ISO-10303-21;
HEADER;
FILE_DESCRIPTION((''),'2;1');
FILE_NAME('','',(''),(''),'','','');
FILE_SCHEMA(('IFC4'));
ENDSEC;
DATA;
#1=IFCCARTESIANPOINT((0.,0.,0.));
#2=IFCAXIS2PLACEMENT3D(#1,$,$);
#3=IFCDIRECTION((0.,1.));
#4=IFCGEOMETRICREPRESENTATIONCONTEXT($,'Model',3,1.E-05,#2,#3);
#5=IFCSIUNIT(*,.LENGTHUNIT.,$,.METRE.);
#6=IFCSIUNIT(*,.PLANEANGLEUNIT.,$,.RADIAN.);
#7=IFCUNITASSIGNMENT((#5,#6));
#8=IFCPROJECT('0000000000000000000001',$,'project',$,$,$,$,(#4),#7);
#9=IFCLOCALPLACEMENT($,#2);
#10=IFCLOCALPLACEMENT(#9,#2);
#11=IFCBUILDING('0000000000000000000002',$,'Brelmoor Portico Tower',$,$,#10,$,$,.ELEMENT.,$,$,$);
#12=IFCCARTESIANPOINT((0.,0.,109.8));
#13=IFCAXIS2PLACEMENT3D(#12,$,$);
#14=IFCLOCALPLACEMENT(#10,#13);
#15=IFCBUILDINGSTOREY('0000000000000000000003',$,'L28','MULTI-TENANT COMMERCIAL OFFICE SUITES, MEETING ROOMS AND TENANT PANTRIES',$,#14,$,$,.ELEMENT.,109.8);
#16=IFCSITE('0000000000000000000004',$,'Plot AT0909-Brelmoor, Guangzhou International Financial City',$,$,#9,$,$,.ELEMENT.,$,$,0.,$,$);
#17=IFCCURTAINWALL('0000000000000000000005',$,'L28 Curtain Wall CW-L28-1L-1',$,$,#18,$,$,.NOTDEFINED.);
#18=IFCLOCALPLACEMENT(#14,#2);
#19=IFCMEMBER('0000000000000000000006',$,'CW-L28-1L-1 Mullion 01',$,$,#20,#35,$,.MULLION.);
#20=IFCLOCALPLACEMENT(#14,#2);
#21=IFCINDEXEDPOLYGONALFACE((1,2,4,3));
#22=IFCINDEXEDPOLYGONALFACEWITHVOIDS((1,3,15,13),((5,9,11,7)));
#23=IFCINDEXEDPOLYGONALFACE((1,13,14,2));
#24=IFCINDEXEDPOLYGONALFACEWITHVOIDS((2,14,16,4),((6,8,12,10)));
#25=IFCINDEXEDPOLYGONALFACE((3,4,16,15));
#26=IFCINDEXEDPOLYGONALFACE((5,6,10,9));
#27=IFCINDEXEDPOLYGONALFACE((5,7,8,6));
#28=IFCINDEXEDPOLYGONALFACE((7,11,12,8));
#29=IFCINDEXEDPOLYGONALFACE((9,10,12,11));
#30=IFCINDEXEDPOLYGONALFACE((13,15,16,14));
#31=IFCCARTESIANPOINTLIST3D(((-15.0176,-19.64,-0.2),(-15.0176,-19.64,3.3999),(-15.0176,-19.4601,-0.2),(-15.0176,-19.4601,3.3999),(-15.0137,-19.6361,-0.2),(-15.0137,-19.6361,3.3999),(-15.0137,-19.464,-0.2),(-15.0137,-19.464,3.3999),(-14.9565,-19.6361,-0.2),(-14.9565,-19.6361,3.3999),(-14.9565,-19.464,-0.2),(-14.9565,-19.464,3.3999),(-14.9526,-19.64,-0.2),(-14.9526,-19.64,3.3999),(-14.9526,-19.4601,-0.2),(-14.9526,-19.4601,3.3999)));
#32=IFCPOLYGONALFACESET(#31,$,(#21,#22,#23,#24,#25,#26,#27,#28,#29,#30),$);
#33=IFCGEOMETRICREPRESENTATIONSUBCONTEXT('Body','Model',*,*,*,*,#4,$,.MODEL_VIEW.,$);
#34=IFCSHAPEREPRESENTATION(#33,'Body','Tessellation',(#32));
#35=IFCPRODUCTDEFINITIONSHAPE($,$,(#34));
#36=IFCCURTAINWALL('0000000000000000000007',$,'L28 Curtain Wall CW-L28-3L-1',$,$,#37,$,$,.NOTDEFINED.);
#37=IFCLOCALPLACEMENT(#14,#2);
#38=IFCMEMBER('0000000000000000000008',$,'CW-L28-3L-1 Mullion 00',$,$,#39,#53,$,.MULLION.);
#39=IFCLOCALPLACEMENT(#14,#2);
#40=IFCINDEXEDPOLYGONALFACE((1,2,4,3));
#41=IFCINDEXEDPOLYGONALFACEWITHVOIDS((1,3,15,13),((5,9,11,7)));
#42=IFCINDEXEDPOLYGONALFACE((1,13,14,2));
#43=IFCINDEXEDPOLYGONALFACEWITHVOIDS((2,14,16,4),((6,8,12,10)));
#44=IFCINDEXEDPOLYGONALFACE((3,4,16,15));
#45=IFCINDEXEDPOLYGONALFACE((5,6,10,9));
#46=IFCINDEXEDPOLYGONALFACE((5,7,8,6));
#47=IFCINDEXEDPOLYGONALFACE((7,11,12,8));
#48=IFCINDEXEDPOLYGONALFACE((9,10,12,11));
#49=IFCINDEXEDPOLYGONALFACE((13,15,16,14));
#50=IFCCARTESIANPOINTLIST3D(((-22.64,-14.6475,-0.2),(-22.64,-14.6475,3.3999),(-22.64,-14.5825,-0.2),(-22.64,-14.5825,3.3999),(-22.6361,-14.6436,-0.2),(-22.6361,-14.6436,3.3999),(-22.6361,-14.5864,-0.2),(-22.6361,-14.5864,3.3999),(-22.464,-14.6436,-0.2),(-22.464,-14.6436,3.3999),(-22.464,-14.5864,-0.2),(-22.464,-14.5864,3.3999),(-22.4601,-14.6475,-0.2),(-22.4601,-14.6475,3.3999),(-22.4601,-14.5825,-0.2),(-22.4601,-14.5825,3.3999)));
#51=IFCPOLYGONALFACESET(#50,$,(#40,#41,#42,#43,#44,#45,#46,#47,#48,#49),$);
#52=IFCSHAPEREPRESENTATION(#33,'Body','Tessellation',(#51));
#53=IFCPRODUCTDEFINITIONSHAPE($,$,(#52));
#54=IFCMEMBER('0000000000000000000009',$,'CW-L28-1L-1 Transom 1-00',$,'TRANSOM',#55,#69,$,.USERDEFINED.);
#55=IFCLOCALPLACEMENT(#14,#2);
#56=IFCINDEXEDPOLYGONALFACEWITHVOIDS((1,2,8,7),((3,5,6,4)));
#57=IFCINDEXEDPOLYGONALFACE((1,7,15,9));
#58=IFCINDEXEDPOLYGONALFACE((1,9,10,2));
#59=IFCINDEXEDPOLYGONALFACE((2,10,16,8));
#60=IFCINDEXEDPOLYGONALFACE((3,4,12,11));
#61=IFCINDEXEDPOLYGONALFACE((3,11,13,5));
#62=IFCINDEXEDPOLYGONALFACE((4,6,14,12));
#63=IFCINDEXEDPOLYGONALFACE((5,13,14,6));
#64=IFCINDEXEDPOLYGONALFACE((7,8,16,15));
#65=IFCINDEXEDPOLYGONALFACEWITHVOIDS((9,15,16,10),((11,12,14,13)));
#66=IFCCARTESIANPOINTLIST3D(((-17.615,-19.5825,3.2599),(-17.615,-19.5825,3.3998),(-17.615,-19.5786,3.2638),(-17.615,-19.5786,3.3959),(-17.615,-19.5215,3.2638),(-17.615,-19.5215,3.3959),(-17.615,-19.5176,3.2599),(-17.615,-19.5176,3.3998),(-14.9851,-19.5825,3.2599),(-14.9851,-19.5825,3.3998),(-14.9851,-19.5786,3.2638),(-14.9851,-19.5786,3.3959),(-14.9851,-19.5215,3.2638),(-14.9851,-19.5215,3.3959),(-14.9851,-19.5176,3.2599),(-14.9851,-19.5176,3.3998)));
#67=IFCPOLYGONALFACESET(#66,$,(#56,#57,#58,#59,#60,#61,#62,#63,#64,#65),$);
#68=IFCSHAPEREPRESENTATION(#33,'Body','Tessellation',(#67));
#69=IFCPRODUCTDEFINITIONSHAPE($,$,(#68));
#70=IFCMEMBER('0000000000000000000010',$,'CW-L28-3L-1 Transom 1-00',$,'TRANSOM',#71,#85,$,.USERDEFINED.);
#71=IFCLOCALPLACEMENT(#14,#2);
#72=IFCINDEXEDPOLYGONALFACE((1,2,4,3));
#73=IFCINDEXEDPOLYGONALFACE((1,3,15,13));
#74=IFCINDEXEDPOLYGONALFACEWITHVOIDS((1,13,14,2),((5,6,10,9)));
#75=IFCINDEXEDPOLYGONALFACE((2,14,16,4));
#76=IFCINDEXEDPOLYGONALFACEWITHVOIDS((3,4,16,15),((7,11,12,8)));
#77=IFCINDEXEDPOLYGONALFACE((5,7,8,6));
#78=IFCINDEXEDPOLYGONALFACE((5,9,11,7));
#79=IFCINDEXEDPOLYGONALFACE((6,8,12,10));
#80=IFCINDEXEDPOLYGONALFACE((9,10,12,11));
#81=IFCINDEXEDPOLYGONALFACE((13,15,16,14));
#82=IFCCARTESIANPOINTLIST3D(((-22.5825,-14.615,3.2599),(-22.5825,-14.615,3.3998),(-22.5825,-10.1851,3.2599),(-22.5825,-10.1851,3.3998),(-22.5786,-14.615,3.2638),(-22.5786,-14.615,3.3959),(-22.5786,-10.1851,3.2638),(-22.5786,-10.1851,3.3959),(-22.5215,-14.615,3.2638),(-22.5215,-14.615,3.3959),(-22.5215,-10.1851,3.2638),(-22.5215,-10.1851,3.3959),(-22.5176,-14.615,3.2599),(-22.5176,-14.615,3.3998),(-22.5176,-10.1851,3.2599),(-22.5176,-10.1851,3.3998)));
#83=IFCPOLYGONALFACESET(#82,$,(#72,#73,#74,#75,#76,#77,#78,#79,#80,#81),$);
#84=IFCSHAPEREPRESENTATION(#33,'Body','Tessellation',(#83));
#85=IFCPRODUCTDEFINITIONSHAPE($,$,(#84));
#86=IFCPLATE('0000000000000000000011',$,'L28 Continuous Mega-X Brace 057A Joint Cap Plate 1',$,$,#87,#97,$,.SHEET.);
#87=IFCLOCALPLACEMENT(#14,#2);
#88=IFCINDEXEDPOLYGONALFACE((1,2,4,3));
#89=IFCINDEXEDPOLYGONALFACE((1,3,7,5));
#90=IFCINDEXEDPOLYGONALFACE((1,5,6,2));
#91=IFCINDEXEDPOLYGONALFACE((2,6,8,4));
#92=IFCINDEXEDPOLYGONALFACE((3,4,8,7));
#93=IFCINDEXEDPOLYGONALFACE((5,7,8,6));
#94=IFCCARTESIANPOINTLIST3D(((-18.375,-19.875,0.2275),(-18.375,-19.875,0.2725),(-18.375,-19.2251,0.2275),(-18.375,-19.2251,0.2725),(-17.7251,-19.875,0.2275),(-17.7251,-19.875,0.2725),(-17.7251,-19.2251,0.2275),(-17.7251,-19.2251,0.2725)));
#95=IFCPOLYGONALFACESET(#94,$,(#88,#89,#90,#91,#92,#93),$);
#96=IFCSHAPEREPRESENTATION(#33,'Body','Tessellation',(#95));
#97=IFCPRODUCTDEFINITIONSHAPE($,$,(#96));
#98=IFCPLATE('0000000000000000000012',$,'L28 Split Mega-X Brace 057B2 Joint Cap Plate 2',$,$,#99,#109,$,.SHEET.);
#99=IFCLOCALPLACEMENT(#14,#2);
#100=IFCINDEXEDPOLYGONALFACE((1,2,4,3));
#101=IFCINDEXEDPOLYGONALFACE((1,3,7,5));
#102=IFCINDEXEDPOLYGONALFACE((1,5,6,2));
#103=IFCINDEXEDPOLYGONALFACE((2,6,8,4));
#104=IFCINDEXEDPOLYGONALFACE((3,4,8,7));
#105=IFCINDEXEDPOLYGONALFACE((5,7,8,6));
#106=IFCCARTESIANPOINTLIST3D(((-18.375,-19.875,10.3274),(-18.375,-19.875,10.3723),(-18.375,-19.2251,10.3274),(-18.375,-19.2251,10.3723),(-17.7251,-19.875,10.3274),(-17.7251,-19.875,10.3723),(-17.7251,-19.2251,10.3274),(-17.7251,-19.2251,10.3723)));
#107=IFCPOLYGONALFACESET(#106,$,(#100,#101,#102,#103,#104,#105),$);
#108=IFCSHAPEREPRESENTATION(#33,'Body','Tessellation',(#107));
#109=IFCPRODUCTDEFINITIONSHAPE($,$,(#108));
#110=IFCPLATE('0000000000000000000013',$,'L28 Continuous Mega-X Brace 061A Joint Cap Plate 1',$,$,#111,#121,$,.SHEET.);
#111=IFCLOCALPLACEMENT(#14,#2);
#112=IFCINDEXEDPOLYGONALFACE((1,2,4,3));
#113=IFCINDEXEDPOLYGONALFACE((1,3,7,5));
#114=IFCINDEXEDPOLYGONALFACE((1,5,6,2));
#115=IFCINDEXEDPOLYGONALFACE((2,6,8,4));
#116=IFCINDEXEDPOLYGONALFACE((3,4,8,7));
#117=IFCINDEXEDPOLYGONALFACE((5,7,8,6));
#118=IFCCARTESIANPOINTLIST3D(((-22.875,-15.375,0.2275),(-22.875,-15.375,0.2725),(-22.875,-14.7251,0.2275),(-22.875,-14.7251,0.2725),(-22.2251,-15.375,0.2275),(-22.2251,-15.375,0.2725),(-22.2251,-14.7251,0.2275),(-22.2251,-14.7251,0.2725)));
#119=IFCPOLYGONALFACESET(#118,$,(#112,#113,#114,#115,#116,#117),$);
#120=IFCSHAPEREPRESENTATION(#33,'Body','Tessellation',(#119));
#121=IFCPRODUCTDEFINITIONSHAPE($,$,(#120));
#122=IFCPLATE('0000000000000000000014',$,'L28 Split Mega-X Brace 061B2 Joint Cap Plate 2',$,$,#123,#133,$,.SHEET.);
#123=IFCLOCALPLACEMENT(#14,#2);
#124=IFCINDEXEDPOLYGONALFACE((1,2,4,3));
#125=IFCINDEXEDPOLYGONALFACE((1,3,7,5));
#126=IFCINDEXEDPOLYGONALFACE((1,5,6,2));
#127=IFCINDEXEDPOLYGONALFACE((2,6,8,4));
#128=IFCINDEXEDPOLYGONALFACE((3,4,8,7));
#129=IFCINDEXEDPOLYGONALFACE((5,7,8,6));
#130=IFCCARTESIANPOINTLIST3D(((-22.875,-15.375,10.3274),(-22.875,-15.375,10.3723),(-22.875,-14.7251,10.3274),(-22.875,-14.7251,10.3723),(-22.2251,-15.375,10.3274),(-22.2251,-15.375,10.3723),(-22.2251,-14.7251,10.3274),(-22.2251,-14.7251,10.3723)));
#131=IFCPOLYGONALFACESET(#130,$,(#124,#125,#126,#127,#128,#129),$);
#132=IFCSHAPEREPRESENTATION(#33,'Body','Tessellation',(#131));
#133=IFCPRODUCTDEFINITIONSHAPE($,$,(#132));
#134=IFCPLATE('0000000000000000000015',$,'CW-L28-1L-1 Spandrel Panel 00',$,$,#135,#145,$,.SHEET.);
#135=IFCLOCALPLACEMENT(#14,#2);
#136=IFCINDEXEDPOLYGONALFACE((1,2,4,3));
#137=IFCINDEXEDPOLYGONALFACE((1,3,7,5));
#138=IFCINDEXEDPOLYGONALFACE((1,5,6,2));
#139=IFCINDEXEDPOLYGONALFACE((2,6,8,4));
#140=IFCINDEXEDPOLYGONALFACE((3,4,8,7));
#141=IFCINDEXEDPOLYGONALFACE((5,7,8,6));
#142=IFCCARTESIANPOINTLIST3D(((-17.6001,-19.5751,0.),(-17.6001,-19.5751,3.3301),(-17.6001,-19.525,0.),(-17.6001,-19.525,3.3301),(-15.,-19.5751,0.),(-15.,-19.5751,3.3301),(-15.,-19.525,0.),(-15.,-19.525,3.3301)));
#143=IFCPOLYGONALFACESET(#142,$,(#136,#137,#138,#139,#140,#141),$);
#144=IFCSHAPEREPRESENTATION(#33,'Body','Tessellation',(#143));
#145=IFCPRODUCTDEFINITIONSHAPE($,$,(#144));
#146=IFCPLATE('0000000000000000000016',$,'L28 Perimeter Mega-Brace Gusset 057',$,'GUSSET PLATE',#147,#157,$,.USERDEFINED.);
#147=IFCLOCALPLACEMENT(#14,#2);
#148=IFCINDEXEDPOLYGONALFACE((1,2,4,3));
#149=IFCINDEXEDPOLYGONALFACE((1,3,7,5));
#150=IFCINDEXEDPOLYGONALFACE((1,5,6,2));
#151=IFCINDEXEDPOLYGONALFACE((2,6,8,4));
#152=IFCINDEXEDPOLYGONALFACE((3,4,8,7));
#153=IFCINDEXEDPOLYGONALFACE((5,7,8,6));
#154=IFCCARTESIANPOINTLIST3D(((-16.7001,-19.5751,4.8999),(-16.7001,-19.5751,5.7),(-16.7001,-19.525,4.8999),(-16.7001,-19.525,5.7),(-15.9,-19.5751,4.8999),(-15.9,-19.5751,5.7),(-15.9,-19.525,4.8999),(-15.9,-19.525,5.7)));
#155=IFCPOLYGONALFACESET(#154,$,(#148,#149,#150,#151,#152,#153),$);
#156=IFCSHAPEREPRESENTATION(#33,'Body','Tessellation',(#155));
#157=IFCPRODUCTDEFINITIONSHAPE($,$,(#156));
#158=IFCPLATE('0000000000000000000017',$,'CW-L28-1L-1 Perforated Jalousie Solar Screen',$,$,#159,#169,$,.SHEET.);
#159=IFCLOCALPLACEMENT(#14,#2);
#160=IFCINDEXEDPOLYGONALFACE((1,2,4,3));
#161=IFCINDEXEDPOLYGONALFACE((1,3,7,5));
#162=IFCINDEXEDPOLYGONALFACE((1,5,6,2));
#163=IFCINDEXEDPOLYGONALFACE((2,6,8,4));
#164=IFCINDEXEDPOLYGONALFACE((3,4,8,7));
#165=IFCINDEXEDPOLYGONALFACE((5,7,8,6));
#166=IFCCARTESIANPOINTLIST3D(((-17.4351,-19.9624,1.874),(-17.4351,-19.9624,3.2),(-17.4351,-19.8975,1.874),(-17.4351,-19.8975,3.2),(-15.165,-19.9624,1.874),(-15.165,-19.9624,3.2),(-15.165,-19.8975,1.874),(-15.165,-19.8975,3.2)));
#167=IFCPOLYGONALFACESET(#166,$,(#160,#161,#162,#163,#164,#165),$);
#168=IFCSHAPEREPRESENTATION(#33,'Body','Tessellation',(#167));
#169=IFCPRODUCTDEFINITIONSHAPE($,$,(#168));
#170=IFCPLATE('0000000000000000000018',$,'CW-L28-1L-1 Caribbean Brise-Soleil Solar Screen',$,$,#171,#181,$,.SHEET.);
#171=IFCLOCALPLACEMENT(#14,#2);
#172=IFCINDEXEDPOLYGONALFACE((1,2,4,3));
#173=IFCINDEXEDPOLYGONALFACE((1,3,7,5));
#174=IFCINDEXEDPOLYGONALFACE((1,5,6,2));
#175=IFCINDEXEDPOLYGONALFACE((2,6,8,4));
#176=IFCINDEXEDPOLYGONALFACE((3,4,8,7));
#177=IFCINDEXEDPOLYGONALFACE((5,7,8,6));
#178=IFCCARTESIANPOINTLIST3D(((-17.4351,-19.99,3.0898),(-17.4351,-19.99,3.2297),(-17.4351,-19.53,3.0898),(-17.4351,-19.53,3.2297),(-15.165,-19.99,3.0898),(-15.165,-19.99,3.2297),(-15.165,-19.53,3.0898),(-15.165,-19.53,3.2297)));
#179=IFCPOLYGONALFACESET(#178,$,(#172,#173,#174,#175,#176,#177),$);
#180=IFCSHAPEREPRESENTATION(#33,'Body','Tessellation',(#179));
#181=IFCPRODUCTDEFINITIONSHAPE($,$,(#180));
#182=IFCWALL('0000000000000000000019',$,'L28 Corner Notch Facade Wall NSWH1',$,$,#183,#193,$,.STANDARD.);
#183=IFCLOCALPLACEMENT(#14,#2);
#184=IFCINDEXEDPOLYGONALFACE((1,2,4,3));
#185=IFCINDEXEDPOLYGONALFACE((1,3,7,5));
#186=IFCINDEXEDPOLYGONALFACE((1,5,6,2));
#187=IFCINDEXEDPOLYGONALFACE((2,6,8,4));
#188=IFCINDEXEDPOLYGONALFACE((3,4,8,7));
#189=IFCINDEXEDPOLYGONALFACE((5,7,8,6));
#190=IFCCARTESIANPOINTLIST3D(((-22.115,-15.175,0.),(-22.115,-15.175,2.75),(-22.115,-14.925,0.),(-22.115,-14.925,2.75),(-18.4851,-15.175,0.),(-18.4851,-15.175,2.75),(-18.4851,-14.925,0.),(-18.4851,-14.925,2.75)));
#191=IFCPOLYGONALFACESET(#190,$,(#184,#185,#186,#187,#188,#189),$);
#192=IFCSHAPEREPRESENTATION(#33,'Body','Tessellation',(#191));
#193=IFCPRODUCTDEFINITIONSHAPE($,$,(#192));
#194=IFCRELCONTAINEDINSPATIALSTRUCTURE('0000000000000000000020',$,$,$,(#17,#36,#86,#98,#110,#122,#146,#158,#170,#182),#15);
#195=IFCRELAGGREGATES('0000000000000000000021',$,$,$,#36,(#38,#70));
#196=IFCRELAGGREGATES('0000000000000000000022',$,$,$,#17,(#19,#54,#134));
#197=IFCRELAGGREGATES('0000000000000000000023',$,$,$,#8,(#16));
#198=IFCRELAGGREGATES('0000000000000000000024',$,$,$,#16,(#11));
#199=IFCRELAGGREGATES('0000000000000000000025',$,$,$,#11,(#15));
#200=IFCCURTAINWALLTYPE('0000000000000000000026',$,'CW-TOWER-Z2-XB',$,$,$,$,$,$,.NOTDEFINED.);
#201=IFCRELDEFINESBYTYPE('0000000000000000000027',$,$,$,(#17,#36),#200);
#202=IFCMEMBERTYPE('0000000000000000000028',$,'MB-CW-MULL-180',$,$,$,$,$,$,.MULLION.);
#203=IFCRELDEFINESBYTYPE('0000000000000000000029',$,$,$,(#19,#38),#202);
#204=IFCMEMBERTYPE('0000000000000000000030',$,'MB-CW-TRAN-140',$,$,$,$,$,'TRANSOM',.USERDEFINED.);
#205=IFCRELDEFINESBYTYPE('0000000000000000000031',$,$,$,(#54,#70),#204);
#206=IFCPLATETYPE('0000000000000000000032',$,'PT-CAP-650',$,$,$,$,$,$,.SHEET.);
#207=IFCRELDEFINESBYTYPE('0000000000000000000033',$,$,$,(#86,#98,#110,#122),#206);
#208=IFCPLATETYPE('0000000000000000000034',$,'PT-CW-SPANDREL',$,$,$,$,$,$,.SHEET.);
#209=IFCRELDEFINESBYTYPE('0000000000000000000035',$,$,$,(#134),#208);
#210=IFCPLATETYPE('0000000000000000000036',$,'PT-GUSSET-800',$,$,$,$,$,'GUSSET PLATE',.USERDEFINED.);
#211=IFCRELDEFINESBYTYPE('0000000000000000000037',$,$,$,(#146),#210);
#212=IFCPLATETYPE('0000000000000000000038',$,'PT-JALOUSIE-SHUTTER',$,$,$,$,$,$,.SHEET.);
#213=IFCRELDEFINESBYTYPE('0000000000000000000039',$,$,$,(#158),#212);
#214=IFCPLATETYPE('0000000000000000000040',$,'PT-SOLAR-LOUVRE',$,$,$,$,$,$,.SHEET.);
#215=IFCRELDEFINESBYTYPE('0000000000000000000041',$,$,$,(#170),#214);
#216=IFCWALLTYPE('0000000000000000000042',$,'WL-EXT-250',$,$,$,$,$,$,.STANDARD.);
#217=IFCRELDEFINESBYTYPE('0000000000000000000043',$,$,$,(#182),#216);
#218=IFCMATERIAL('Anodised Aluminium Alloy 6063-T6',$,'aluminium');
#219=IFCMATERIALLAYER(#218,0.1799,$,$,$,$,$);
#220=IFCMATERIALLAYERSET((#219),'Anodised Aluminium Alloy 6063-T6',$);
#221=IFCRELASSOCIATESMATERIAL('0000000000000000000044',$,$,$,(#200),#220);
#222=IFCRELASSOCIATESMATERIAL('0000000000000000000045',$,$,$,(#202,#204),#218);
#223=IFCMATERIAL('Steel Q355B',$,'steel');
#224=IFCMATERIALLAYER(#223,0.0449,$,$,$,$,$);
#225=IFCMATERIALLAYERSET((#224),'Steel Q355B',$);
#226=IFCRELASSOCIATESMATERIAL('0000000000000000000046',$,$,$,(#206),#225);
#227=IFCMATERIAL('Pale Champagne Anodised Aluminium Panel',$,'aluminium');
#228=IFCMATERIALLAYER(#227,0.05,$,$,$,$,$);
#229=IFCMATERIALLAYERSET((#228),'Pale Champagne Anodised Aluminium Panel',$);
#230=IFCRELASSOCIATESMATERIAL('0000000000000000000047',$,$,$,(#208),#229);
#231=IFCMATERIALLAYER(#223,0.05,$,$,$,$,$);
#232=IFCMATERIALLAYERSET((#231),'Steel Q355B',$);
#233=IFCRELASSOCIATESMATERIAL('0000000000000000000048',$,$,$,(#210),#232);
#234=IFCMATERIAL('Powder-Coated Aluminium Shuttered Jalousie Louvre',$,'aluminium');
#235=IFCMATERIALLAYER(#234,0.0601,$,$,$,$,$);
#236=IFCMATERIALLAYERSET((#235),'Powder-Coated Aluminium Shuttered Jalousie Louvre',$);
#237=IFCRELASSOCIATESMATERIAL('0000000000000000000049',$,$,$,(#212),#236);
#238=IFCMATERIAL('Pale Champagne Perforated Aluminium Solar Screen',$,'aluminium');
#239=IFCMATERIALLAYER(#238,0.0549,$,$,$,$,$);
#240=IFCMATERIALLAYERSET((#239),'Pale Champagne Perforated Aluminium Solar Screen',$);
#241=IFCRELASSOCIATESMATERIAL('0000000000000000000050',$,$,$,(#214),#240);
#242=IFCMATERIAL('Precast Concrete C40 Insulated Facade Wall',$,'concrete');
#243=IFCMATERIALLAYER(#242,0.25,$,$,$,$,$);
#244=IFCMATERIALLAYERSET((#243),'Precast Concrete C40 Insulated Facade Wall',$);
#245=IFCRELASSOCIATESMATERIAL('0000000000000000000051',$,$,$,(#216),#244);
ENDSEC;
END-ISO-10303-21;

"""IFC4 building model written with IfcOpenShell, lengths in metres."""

from ifc_helpers import new_model, si_unit, direction, frame, frame_2d, origin, origin_2d, place, context, subcontext, project, spatial, rectangle, hollow_rectangle, extrude, material, layer, layer_set, material_profile, profile_set, type_object, element, aggregate, save


model = new_model("IFC4")

# Units and contexts
model_context = context("Model", 3, precision=1e-05, world=origin(), true_north=direction((0.0, 1.0)))
body_context = subcontext(model_context, "Body", "Model", "MODEL_VIEW")
ifc_project = project(units=[si_unit("LENGTHUNIT", "METRE"), si_unit("PLANEANGLEUNIT", "RADIAN")], contexts=[model_context])

# Site, building, storey
site_placement = place(None, origin())
site = spatial("IfcSite", under=ifc_project, at=site_placement, Name="Plot AT0909-Brelmoor, Guangzhou International Financial City", CompositionType="ELEMENT", RefElevation=0.0)
building_placement = place(site_placement, origin())
building = spatial("IfcBuilding", under=site, at=building_placement, Name="Brelmoor Portico Tower", CompositionType="ELEMENT")
storey_placement = place(building_placement, frame((0.0, 0.0, 109.8)))
storey = spatial("IfcBuildingStorey", under=building, at=storey_placement, Name="L28", Description="MULTI-TENANT COMMERCIAL OFFICE SUITES, MEETING ROOMS AND TENANT PANTRIES", CompositionType="ELEMENT", Elevation=109.8)

# Shared definitions
ifc_material_1 = material(Name="Steel Q355B", Category="steel")

# Curtain wall, member
ifc_material_2 = material(Name="Anodised Aluminium Alloy 6063-T6", Category="aluminium")
ifc_layer_1 = layer(ifc_material_2, 0.1799)
ifc_layer_set_1 = layer_set([ifc_layer_1], Name="Anodised Aluminium Alloy 6063-T6")
curtain_wall_type = type_object("IfcCurtainWallType", Name="CW-TOWER-Z2-XB", PredefinedType="NOTDEFINED", material=ifc_layer_set_1)
curtain_wall_1_placement = place(storey_placement, origin())
curtain_wall_1 = element("IfcCurtainWall", 1, at=curtain_wall_1_placement, inside=storey, type_object=curtain_wall_type, Name="L28 Curtain Wall CW-L28-1L-1", PredefinedType="NOTDEFINED")
ifc_material_profile_1 = material_profile(ifc_material_2, hollow_rectangle(XDim=0.0649, YDim=0.1799, WallThickness=0.0039, at=origin_2d()), Name="ALU MULLION 65x180")
ifc_profile_set_1 = profile_set([ifc_material_profile_1], Name="Anodised Aluminium Alloy 6063-T6")
member_type_1 = type_object("IfcMemberType", Name="MB-CW-MULL-180", PredefinedType="MULLION", material=ifc_profile_set_1)
member_1_placement = place(storey_placement, frame((-14.9851, -19.55, -0.2), z_axis=(0.0, 0.0, 1.0), x_axis=(1.0, 0.0, 0.0)))
member_1 = element("IfcMember", 2, at=member_1_placement, type_object=member_type_1, Name="CW-L28-1L-1 Mullion 01", PredefinedType="MULLION", context=body_context, shape_type="SweptSolid", body=[
    extrude(hollow_rectangle(XDim=0.0649, YDim=0.1799, WallThickness=0.0039, at=origin_2d()), origin(), (0.0, 0.0, 1.0), 3.5999),
])

# Curtain wall, member
curtain_wall_2_placement = place(storey_placement, origin())
curtain_wall_2 = element("IfcCurtainWall", 3, at=curtain_wall_2_placement, inside=storey, type_object=curtain_wall_type, Name="L28 Curtain Wall CW-L28-3L-1", PredefinedType="NOTDEFINED")
member_2_placement = place(storey_placement, frame((-22.55, -14.615, -0.2), z_axis=(0.0, 0.0, 1.0), x_axis=(0.0, 1.0, 0.0)))
member_2 = element("IfcMember", 4, at=member_2_placement, type_object=member_type_1, Name="CW-L28-3L-1 Mullion 00", PredefinedType="MULLION", context=body_context, shape_type="SweptSolid", body=[
    extrude(hollow_rectangle(XDim=0.0649, YDim=0.1799, WallThickness=0.0039, at=origin_2d()), origin(), (0.0, 0.0, 1.0), 3.5999),
])

# Members
ifc_material_profile_2 = material_profile(ifc_material_2, hollow_rectangle(XDim=0.0649, YDim=0.1399, WallThickness=0.0039, at=origin_2d()), Name="ALU TRANSOM 65x140")
ifc_profile_set_2 = profile_set([ifc_material_profile_2], Name="Anodised Aluminium Alloy 6063-T6")
member_type_2 = type_object("IfcMemberType", Name="MB-CW-TRAN-140", ElementType="TRANSOM", PredefinedType="USERDEFINED", material=ifc_profile_set_2)
member_3_placement = place(storey_placement, frame((-17.615, -19.55, 3.3298), z_axis=(1.0, 0.0, 0.0), x_axis=(0.0, 1.0, 0.0)))
member_3 = element("IfcMember", 5, at=member_3_placement, type_object=member_type_2, Name="CW-L28-1L-1 Transom 1-00", ObjectType="TRANSOM", PredefinedType="USERDEFINED", context=body_context, shape_type="SweptSolid", body=[
    extrude(hollow_rectangle(XDim=0.0649, YDim=0.1399, WallThickness=0.0039, at=origin_2d()), origin(), (0.0, 0.0, 1.0), 2.6299),
])
member_4_placement = place(storey_placement, frame((-22.55, -14.615, 3.3298), z_axis=(0.0, 1.0, 0.0), x_axis=(-1.0, 0.0, 0.0)))
member_4 = element("IfcMember", 6, at=member_4_placement, type_object=member_type_2, Name="CW-L28-3L-1 Transom 1-00", ObjectType="TRANSOM", PredefinedType="USERDEFINED", context=body_context, shape_type="SweptSolid", body=[
    extrude(hollow_rectangle(XDim=0.0649, YDim=0.1399, WallThickness=0.0039, at=origin_2d()), origin(), (0.0, 0.0, 1.0), 4.4299),
])
aggregate(curtain_wall_2, [member_2, member_4])

# Plates
ifc_layer_2 = layer(ifc_material_1, 0.0449)
ifc_layer_set_2 = layer_set([ifc_layer_2], Name="Steel Q355B")
plate_type_1 = type_object("IfcPlateType", Name="PT-CAP-650", PredefinedType="SHEET", material=ifc_layer_set_2)
for number, where, z_axis, x_axis, name in (
    (7, (-18.05, -19.55, 0.2275), (0.0, 0.0, 1.0), (1.0, 0.0, 0.0), "L28 Continuous Mega-X Brace 057A Joint Cap Plate 1"),
    (8, (-18.05, -19.55, 10.3274), (0.0, 0.0, 1.0), (1.0, 0.0, 0.0), "L28 Split Mega-X Brace 057B2 Joint Cap Plate 2"),
    (9, (-22.55, -15.05, 0.2275), (0.0, 0.0, 1.0), (1.0, 0.0, 0.0), "L28 Continuous Mega-X Brace 061A Joint Cap Plate 1"),
    (10, (-22.55, -15.05, 10.3274), (0.0, 0.0, 1.0), (1.0, 0.0, 0.0), "L28 Split Mega-X Brace 061B2 Joint Cap Plate 2"),
):
    element("IfcPlate", number, at=place(storey_placement, frame(where, z_axis=z_axis, x_axis=x_axis)), inside=storey, type_object=plate_type_1, Name=name, PredefinedType="SHEET", context=body_context, shape_type="SweptSolid", body=[
        extrude(rectangle(XDim=0.6499, YDim=0.6499, at=origin_2d()), origin(), (0.0, 0.0, 1.0), 0.0449),
    ])

# Plate
ifc_material_3 = material(Name="Pale Champagne Anodised Aluminium Panel", Category="aluminium")
ifc_layer_3 = layer(ifc_material_3, 0.05)
ifc_layer_set_3 = layer_set([ifc_layer_3], Name="Pale Champagne Anodised Aluminium Panel")
plate_type_2 = type_object("IfcPlateType", Name="PT-CW-SPANDREL", PredefinedType="SHEET", material=ifc_layer_set_3)
plate_1_placement = place(storey_placement, frame((-16.3, -19.55, 0.0), z_axis=(0.0, 0.0, 1.0), x_axis=(1.0, 0.0, 0.0)))
plate_1 = element("IfcPlate", 11, at=plate_1_placement, type_object=plate_type_2, Name="CW-L28-1L-1 Spandrel Panel 00", PredefinedType="SHEET", context=body_context, shape_type="SweptSolid", body=[
    extrude(rectangle(XDim=2.6001, YDim=0.05, at=origin_2d()), origin(), (0.0, 0.0, 1.0), 3.3301),
])
aggregate(curtain_wall_1, [member_1, member_3, plate_1])

# Plates
ifc_layer_4 = layer(ifc_material_1, 0.05)
ifc_layer_set_4 = layer_set([ifc_layer_4], Name="Steel Q355B")
plate_type_3 = type_object("IfcPlateType", Name="PT-GUSSET-800", ElementType="GUSSET PLATE", PredefinedType="USERDEFINED", material=ifc_layer_set_4)
plate_2_placement = place(storey_placement, frame((-16.3, -19.55, 4.8999), z_axis=(0.0, 0.0, 1.0), x_axis=(1.0, 0.0, 0.0)))
element("IfcPlate", 12, at=plate_2_placement, inside=storey, type_object=plate_type_3, Name="L28 Perimeter Mega-Brace Gusset 057", ObjectType="GUSSET PLATE", PredefinedType="USERDEFINED", context=body_context, shape_type="SweptSolid", body=[
    extrude(rectangle(XDim=0.8, YDim=0.05, at=origin_2d()), origin(), (0.0, 0.0, 1.0), 0.8),
])
ifc_material_4 = material(Name="Powder-Coated Aluminium Shuttered Jalousie Louvre", Category="aluminium")
ifc_layer_5 = layer(ifc_material_4, 0.0601)
ifc_layer_set_5 = layer_set([ifc_layer_5], Name="Powder-Coated Aluminium Shuttered Jalousie Louvre")
plate_type_4 = type_object("IfcPlateType", Name="PT-JALOUSIE-SHUTTER", PredefinedType="SHEET", material=ifc_layer_set_5)
plate_3_placement = place(storey_placement, frame((-16.3, -19.9299, 1.874), z_axis=(0.0, 0.0, 1.0), x_axis=(1.0, 0.0, 0.0)))
element("IfcPlate", 13, at=plate_3_placement, inside=storey, type_object=plate_type_4, Name="CW-L28-1L-1 Perforated Jalousie Solar Screen", PredefinedType="SHEET", context=body_context, shape_type="SweptSolid", body=[
    extrude(rectangle(XDim=2.27, YDim=0.0649, at=origin_2d()), origin(), (0.0, 0.0, 1.0), 1.3259),
])
ifc_material_5 = material(Name="Pale Champagne Perforated Aluminium Solar Screen", Category="aluminium")
ifc_layer_6 = layer(ifc_material_5, 0.0549)
ifc_layer_set_6 = layer_set([ifc_layer_6], Name="Pale Champagne Perforated Aluminium Solar Screen")
plate_type_5 = type_object("IfcPlateType", Name="PT-SOLAR-LOUVRE", PredefinedType="SHEET", material=ifc_layer_set_6)
plate_4_placement = place(storey_placement, frame((-16.3, -19.76, 3.0898), z_axis=(0.0, 0.0, 1.0), x_axis=(1.0, 0.0, 0.0)))
element("IfcPlate", 14, at=plate_4_placement, inside=storey, type_object=plate_type_5, Name="CW-L28-1L-1 Caribbean Brise-Soleil Solar Screen", PredefinedType="SHEET", context=body_context, shape_type="SweptSolid", body=[
    extrude(rectangle(XDim=2.27, YDim=0.46, at=origin_2d()), origin(), (0.0, 0.0, 1.0), 0.1399),
])

# Wall
ifc_material_6 = material(Name="Precast Concrete C40 Insulated Facade Wall", Category="concrete")
ifc_layer_7 = layer(ifc_material_6, 0.25)
ifc_layer_set_7 = layer_set([ifc_layer_7], Name="Precast Concrete C40 Insulated Facade Wall")
wall_type = type_object("IfcWallType", Name="WL-EXT-250", PredefinedType="STANDARD", material=ifc_layer_set_7)
for number, where, z_axis, x_axis, name in (
    (15, (-22.115, -15.05, 0.0), (0.0, 0.0, 1.0), (1.0, 0.0, 0.0), "L28 Corner Notch Facade Wall NSWH1"),
):
    element("IfcWall", number, at=place(storey_placement, frame(where, z_axis=z_axis, x_axis=x_axis)), inside=storey, type_object=wall_type, Name=name, PredefinedType="STANDARD", context=body_context, shape_type="SweptSolid", body=[
        extrude(rectangle(XDim=3.6299, YDim=0.25, at=frame_2d((1.8149, 0.0))), origin(), (0.0, 0.0, 1.0), 2.75),
    ])

save(model, "model.ifc")
